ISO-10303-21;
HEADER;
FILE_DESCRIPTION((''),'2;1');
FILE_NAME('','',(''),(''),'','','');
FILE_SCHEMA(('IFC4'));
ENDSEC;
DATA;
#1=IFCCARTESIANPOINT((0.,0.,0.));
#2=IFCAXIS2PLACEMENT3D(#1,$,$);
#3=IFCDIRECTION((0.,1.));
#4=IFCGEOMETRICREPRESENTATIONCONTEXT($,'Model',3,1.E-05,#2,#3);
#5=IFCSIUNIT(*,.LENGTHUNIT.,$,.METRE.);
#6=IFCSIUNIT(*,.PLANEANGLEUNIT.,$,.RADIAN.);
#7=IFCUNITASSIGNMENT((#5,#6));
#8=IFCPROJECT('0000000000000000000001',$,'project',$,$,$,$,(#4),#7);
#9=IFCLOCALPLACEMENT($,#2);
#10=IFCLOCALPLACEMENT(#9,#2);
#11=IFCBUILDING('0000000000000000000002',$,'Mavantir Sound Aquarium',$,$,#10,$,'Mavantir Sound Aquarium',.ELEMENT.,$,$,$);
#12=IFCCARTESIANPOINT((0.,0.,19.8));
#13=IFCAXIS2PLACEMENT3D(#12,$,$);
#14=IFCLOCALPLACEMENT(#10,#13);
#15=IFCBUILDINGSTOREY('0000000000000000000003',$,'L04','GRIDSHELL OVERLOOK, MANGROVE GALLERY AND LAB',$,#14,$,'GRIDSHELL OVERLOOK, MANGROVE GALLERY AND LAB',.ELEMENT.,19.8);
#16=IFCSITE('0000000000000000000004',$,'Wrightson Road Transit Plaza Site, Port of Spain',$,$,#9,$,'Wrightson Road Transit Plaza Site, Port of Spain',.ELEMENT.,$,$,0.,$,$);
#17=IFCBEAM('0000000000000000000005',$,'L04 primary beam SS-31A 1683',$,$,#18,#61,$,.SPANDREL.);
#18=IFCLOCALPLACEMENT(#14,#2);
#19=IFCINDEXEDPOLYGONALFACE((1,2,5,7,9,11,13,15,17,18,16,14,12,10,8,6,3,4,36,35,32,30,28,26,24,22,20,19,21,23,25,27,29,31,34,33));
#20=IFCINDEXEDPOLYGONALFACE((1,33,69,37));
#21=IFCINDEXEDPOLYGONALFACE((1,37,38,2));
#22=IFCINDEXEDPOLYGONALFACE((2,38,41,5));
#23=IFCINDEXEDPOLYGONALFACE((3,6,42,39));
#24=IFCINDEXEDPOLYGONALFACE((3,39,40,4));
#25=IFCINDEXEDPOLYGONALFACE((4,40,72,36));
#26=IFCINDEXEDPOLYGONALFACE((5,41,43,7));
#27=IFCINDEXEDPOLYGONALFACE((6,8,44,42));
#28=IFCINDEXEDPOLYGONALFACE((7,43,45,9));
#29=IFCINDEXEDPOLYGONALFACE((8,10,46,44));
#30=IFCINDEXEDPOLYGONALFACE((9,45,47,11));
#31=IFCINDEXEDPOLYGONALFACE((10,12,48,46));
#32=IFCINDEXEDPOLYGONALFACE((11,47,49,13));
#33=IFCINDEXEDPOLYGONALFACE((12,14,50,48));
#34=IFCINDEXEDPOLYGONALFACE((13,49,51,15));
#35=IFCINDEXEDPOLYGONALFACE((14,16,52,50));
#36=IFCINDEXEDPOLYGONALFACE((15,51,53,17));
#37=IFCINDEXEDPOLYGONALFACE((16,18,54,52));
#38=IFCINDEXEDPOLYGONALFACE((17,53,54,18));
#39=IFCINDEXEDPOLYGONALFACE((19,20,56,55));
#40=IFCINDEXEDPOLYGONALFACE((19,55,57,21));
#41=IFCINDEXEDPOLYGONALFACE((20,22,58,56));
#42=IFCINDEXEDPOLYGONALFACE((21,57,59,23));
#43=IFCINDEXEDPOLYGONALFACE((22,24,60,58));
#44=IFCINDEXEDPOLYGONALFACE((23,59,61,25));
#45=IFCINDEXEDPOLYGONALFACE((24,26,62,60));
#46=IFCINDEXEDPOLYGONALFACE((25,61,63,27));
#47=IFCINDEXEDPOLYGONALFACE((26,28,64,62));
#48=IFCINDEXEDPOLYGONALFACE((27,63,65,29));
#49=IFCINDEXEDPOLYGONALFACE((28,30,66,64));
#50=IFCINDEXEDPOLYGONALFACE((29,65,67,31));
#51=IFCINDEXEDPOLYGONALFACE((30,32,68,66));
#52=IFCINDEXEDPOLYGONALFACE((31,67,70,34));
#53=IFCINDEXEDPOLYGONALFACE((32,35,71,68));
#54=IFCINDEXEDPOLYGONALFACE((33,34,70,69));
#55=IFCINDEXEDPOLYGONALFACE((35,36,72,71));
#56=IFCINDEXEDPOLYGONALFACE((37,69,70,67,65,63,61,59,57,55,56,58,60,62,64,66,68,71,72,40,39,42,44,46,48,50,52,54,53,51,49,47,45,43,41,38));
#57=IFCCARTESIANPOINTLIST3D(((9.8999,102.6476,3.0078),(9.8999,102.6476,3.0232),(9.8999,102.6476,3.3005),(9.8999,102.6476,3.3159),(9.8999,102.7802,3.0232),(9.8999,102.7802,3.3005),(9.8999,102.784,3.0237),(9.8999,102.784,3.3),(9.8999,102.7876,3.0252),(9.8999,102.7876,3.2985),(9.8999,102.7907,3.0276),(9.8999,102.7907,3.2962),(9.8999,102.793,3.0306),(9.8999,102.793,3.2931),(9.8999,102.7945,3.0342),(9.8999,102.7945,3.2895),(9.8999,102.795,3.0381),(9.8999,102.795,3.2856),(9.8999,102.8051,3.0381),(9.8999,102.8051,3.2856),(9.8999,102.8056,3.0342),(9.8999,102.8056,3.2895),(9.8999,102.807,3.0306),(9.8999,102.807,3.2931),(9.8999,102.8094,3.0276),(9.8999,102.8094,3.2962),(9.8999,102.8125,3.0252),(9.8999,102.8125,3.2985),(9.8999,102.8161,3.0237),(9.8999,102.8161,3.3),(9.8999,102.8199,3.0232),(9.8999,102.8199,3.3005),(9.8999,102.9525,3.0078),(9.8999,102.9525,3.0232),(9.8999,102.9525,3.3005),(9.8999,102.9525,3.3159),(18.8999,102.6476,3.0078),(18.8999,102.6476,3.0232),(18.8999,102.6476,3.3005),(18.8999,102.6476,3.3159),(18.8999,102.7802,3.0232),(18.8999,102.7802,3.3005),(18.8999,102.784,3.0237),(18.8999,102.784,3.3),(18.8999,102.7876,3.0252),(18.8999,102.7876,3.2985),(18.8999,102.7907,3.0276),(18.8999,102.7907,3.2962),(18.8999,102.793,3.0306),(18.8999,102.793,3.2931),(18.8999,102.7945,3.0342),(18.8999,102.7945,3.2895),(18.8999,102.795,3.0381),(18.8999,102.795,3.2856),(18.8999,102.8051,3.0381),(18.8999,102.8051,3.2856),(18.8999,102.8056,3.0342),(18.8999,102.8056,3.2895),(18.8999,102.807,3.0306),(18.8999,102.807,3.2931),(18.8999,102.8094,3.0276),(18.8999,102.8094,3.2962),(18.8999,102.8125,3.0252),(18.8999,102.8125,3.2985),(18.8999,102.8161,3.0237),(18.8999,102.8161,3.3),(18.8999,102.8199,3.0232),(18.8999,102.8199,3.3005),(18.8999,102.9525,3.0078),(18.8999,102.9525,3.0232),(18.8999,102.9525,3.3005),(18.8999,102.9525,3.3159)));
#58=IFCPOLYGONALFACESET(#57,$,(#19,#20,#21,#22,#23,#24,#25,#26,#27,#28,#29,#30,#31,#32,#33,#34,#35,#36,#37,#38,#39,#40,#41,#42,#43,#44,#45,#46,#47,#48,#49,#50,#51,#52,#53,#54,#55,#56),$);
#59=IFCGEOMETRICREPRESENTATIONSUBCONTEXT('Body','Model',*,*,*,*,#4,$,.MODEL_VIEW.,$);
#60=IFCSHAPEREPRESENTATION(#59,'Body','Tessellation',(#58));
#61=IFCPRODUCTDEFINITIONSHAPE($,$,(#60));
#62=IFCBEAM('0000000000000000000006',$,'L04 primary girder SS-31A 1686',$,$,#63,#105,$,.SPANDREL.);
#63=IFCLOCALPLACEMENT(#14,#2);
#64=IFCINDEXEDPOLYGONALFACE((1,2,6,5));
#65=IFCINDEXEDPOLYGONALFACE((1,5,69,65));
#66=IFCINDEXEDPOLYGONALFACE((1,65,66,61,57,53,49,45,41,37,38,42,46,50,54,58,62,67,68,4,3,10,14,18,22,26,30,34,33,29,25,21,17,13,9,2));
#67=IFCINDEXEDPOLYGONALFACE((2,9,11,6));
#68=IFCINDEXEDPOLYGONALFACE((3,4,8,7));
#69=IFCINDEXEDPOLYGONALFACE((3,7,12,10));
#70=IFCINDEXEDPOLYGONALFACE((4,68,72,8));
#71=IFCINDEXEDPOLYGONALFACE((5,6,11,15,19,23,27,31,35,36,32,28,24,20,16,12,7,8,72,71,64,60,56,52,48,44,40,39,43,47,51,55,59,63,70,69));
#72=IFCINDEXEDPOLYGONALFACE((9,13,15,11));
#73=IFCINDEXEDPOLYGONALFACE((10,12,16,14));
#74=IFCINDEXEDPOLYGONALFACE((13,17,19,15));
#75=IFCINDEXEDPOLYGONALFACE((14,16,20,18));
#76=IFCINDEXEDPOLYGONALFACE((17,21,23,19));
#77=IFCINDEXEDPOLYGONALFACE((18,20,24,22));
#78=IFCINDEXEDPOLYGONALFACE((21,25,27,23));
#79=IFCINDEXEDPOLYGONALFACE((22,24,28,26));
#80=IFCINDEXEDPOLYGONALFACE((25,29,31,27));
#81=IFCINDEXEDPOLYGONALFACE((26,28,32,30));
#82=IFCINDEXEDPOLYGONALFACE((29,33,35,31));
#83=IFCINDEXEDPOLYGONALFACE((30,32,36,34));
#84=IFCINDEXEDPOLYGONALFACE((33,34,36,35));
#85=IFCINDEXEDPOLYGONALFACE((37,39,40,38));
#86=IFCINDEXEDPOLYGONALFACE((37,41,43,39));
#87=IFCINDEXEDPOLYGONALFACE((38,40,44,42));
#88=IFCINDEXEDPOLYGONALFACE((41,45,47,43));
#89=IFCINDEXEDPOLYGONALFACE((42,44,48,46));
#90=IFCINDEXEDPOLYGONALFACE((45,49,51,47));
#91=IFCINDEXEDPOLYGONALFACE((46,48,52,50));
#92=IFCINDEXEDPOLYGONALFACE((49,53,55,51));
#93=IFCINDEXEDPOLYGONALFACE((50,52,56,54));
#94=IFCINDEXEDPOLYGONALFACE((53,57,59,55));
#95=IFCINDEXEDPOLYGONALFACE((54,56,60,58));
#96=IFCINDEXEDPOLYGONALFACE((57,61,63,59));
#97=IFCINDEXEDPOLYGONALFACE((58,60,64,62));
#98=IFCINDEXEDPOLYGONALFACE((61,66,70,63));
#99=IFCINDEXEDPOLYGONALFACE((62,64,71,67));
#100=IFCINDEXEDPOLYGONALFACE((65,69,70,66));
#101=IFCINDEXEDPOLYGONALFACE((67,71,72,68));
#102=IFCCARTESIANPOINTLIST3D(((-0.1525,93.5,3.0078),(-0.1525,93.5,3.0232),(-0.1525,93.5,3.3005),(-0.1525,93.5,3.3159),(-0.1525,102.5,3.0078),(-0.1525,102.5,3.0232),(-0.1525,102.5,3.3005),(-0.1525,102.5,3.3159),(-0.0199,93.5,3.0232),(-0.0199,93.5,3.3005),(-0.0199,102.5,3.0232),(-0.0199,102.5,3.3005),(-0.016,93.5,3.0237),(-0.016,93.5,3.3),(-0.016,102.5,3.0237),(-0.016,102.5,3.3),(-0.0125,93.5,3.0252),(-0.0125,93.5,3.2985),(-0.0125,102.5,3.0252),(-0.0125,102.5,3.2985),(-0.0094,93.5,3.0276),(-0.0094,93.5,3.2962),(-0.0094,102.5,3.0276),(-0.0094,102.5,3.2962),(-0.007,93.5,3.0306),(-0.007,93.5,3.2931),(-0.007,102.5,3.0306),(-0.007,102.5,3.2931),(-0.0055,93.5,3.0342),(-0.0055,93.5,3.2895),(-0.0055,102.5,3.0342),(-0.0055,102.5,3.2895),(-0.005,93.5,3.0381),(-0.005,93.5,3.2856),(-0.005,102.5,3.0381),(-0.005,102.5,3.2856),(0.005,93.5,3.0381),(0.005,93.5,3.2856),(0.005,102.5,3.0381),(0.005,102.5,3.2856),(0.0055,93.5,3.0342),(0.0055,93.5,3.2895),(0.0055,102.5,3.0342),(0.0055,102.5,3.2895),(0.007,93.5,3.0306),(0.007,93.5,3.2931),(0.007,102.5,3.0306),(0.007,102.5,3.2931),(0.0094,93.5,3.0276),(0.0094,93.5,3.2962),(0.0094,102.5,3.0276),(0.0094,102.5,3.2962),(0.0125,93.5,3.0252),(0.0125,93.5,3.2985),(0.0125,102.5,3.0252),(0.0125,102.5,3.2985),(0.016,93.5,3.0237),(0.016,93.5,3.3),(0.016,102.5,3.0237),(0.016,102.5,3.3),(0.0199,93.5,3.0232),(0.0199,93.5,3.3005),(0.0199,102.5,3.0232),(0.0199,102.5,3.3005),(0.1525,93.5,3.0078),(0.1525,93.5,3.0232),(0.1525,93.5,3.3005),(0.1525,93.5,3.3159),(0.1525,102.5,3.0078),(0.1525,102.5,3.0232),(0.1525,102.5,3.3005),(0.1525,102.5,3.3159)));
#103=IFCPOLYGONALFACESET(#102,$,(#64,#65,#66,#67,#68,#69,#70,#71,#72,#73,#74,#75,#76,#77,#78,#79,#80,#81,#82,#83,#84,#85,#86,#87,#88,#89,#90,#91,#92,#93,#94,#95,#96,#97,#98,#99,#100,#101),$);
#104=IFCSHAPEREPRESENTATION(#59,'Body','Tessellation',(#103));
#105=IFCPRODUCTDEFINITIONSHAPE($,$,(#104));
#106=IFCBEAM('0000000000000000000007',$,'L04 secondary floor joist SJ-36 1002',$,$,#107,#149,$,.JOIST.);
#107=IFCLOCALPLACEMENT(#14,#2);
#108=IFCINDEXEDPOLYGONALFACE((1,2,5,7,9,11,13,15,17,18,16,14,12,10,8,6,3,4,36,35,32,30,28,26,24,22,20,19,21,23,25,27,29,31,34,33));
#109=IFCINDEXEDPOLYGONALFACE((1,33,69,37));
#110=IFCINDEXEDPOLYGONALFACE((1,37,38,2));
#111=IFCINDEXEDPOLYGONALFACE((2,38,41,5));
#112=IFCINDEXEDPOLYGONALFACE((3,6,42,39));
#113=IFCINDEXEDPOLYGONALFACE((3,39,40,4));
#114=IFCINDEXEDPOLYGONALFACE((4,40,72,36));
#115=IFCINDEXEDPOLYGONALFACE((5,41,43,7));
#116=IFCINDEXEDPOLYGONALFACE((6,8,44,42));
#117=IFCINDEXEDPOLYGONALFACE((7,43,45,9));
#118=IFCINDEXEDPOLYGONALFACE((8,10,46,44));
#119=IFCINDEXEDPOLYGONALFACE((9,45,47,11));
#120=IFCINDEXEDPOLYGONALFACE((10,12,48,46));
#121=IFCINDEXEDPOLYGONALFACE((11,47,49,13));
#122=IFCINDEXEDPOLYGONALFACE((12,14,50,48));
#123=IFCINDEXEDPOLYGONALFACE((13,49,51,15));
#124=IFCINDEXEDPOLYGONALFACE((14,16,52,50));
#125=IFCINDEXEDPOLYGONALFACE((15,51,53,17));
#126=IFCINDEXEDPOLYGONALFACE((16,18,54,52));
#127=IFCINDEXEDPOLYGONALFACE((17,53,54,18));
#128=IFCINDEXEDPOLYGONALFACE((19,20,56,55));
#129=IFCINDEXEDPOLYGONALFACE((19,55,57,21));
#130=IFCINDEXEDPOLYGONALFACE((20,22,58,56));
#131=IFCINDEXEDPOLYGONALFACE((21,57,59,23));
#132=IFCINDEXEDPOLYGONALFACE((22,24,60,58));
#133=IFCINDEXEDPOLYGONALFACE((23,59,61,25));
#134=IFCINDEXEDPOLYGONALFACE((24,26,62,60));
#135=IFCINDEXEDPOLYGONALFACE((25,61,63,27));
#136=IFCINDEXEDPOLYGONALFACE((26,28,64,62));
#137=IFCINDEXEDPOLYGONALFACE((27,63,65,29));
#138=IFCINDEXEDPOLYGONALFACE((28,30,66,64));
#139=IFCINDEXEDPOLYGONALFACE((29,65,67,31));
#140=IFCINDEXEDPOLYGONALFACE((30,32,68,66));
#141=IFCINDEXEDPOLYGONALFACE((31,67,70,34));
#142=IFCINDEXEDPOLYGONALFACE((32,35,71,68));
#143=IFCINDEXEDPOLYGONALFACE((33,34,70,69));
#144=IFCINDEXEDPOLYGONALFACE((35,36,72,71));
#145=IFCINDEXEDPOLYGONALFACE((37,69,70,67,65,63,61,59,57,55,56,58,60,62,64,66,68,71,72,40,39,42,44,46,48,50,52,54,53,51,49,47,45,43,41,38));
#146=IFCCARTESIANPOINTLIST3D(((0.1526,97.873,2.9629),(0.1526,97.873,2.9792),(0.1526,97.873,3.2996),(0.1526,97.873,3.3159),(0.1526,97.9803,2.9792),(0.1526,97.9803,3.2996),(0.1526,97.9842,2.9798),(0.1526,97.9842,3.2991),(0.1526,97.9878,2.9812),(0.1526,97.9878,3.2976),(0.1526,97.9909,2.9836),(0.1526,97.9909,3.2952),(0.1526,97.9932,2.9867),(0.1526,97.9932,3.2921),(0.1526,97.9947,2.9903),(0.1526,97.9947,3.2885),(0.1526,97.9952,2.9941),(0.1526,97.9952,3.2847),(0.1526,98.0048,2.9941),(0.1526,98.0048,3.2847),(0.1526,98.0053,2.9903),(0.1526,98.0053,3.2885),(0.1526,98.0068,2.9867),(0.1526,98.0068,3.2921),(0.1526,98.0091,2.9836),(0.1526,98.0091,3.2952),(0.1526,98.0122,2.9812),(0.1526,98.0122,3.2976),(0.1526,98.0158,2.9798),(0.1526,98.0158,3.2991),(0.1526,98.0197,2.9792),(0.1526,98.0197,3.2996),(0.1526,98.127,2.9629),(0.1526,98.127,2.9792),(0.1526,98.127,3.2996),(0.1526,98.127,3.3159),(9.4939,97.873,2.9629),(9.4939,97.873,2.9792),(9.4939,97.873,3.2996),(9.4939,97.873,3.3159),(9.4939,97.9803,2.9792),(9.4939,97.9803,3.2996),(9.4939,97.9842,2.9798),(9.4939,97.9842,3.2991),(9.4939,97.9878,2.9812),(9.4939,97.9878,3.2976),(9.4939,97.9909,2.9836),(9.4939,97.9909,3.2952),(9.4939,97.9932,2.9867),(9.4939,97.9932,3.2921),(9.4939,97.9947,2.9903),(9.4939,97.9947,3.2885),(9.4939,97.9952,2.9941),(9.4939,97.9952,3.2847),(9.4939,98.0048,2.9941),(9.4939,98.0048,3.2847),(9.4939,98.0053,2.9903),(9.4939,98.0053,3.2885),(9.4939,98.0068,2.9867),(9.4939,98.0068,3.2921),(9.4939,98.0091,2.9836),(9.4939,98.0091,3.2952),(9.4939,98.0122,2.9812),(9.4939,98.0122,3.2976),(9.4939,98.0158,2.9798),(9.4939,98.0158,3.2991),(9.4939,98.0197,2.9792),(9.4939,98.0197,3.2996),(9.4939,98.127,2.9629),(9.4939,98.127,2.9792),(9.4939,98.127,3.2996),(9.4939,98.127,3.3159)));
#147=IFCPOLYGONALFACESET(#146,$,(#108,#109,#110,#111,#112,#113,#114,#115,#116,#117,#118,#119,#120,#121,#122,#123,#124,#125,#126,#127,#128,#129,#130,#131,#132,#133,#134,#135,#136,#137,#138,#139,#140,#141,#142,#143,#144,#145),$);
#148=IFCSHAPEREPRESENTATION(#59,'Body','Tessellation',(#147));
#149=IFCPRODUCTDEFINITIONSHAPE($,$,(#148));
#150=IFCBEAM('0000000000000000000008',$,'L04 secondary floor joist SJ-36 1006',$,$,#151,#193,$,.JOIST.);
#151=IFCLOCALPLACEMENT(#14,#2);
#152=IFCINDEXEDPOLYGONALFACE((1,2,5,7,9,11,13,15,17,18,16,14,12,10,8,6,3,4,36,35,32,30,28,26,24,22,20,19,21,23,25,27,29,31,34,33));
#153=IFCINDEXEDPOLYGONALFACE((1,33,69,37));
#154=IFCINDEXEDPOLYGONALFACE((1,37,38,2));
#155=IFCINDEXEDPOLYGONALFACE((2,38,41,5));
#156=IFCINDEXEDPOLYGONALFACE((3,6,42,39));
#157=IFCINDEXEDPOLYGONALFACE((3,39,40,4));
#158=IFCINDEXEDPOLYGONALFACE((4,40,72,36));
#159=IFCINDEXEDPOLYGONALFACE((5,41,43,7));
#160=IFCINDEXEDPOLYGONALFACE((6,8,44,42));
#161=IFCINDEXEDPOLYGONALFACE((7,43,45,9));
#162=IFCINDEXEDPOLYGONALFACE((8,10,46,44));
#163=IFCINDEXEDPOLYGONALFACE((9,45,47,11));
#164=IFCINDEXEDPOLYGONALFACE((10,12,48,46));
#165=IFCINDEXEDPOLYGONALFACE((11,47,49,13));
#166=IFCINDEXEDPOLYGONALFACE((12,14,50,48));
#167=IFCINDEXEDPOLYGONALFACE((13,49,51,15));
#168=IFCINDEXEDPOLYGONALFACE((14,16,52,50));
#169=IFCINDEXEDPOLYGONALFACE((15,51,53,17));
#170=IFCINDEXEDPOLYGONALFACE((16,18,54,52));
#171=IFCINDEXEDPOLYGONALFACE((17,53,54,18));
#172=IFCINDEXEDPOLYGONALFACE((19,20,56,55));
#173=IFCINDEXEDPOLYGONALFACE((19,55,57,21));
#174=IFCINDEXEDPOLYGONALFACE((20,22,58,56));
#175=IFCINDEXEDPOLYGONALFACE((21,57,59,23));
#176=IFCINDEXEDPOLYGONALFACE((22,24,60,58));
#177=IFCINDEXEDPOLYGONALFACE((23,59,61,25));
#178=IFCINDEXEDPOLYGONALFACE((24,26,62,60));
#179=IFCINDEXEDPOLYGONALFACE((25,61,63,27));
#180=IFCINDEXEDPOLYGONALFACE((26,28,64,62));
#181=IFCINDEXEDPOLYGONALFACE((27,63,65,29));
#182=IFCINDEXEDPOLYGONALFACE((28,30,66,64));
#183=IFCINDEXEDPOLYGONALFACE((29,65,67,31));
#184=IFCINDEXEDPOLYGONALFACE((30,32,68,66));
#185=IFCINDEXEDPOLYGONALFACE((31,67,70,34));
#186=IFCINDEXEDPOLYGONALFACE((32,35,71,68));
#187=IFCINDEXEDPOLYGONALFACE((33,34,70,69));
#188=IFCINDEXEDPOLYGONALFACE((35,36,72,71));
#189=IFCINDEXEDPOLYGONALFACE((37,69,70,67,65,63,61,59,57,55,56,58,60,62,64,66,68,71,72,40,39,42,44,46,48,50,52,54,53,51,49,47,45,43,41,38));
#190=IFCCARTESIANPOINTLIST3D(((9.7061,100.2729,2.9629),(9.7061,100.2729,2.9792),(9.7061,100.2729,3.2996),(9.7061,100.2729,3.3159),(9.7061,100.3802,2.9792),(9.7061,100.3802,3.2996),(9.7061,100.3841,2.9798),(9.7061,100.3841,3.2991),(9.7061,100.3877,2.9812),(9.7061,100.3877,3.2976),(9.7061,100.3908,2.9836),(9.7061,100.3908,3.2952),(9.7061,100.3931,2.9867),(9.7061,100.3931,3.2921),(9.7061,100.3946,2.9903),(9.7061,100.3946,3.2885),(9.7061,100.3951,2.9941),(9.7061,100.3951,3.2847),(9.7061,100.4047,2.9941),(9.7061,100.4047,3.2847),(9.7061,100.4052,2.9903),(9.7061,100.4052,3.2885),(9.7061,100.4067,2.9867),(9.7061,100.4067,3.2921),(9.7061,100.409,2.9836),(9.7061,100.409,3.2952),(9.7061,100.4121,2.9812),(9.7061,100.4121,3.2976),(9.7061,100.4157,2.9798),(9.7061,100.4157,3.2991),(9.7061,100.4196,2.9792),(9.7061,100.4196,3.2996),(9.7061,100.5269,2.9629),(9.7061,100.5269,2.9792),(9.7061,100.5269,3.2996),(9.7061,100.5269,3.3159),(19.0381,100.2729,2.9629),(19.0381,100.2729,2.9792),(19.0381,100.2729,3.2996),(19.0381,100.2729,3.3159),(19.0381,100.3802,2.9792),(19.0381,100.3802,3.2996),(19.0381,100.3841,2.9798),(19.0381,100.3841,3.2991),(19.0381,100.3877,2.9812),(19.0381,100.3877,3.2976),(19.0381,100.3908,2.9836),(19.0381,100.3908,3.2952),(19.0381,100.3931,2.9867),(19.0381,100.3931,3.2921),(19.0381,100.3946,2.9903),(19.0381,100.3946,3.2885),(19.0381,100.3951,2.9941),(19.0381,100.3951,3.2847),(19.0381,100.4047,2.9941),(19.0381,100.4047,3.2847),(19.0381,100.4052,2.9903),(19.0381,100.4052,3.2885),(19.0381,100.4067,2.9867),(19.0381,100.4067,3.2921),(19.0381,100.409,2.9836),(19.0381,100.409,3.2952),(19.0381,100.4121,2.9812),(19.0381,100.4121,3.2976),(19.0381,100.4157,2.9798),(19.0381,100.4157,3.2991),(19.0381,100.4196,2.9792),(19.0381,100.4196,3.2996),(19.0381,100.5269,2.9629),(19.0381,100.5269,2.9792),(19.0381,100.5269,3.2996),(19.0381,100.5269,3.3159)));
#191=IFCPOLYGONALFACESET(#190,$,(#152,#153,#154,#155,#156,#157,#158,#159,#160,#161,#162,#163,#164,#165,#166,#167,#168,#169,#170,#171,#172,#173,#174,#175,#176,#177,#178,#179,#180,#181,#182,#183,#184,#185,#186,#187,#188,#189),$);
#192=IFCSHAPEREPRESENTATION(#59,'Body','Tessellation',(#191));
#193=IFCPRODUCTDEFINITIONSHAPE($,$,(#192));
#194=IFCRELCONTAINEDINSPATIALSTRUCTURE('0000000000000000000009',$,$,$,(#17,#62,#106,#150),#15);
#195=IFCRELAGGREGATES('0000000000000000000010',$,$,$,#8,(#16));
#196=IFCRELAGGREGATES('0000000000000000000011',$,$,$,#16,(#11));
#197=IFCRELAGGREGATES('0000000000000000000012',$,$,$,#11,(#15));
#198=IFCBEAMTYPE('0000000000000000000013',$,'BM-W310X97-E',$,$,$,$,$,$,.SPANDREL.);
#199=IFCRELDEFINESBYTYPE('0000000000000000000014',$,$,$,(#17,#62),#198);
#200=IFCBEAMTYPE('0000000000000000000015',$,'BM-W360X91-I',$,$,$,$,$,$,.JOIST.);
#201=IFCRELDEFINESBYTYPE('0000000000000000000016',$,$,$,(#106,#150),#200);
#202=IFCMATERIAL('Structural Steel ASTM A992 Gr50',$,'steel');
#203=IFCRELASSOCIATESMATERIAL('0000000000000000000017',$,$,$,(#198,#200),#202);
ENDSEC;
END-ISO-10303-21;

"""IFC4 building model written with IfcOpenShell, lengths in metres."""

from ifc_helpers import new_model, si_unit, direction, frame, origin, origin_2d, place, context, subcontext, project, spatial, i_section, extrude, material, material_profile, profile_set, type_object, element, save


model = new_model("IFC4")

# Units and contexts
model_context = context("Model", 3, precision=1e-05, world=origin(), true_north=direction((0.0, 1.0)))
body_context = subcontext(model_context, "Body", "Model", "MODEL_VIEW")
ifc_project = project(units=[si_unit("LENGTHUNIT", "METRE"), si_unit("PLANEANGLEUNIT", "RADIAN")], contexts=[model_context])

# Site, building, storey
site_placement = place(None, origin())
site = spatial("IfcSite", under=ifc_project, at=site_placement, Name="Wrightson Road Transit Plaza Site, Port of Spain", LongName="Wrightson Road Transit Plaza Site, Port of Spain", CompositionType="ELEMENT", RefElevation=0.0)
building_placement = place(site_placement, origin())
building = spatial("IfcBuilding", under=site, at=building_placement, Name="Mavantir Sound Aquarium", LongName="Mavantir Sound Aquarium", CompositionType="ELEMENT")
storey_placement = place(building_placement, frame((0.0, 0.0, 19.8)))
storey = spatial("IfcBuildingStorey", under=building, at=storey_placement, Name="L04", Description="GRIDSHELL OVERLOOK, MANGROVE GALLERY AND LAB", LongName="GRIDSHELL OVERLOOK, MANGROVE GALLERY AND LAB", CompositionType="ELEMENT", Elevation=19.8)

# Beams
ifc_material_1 = material(Name="Structural Steel ASTM A992 Gr50", Category="steel")
ifc_material_profile_1 = material_profile(ifc_material_1, i_section(OverallWidth=0.3049, OverallDepth=0.3081, WebThickness=0.01, FlangeThickness=0.0154, FilletRadius=0.0149, at=origin_2d()), Name="W310X97")
ifc_profile_set_1 = profile_set([ifc_material_profile_1], Name="Structural Steel ASTM A992 Gr50")
beam_type_1 = type_object("IfcBeamType", Name="BM-W310X97-E", PredefinedType="SPANDREL", material=ifc_profile_set_1)
for number, where, z_axis, x_axis, name in (
    (1, (9.8999, 102.8, 3.1619), (1.0, 0.0, 0.0), (0.0, 1.0, 0.0), "L04 primary beam SS-31A 1683"),
    (2, (0.0, 93.5, 3.1619), (0.0, 1.0, 0.0), (-1.0, 0.0, 0.0), "L04 primary girder SS-31A 1686"),
):
    element("IfcBeam", number, at=place(storey_placement, frame(where, z_axis=z_axis, x_axis=x_axis)), inside=storey, type_object=beam_type_1, Name=name, PredefinedType="SPANDREL", context=body_context, shape_type="SweptSolid", body=[
        extrude(i_section(OverallWidth=0.3049, OverallDepth=0.3081, WebThickness=0.01, FlangeThickness=0.0154, FilletRadius=0.0149, at=origin_2d()), origin(), (0.0, 0.0, 1.0), 9.0),
    ])
ifc_material_profile_2 = material_profile(ifc_material_1, i_section(OverallWidth=0.2539, OverallDepth=0.353, WebThickness=0.0095, FlangeThickness=0.0164, FilletRadius=0.0149, at=origin_2d()), Name="W360X91")
ifc_profile_set_2 = profile_set([ifc_material_profile_2], Name="Structural Steel ASTM A992 Gr50")
beam_type_2 = type_object("IfcBeamType", Name="BM-W360X91-I", PredefinedType="JOIST", material=ifc_profile_set_2)
beam_1_placement = place(storey_placement, frame((0.1526, 98.0, 3.1394), z_axis=(1.0, 0.0, 0.0), x_axis=(0.0, 1.0, 0.0)))
element("IfcBeam", 3, at=beam_1_placement, inside=storey, type_object=beam_type_2, Name="L04 secondary floor joist SJ-36 1002", PredefinedType="JOIST", context=body_context, shape_type="SweptSolid", body=[
    extrude(i_section(OverallWidth=0.2539, OverallDepth=0.353, WebThickness=0.0095, FlangeThickness=0.0164, FilletRadius=0.0149, at=origin_2d()), origin(), (0.0, 0.0, 1.0), 9.3413),
])
beam_2_placement = place(storey_placement, frame((9.7061, 100.3999, 3.1394), z_axis=(1.0, 0.0, 0.0), x_axis=(0.0, 1.0, 0.0)))
element("IfcBeam", 4, at=beam_2_placement, inside=storey, type_object=beam_type_2, Name="L04 secondary floor joist SJ-36 1006", PredefinedType="JOIST", context=body_context, shape_type="SweptSolid", body=[
    extrude(i_section(OverallWidth=0.2539, OverallDepth=0.353, WebThickness=0.0095, FlangeThickness=0.0164, FilletRadius=0.0149, at=origin_2d()), origin(), (0.0, 0.0, 1.0), 9.332),
])

save(model, "model.ifc")
